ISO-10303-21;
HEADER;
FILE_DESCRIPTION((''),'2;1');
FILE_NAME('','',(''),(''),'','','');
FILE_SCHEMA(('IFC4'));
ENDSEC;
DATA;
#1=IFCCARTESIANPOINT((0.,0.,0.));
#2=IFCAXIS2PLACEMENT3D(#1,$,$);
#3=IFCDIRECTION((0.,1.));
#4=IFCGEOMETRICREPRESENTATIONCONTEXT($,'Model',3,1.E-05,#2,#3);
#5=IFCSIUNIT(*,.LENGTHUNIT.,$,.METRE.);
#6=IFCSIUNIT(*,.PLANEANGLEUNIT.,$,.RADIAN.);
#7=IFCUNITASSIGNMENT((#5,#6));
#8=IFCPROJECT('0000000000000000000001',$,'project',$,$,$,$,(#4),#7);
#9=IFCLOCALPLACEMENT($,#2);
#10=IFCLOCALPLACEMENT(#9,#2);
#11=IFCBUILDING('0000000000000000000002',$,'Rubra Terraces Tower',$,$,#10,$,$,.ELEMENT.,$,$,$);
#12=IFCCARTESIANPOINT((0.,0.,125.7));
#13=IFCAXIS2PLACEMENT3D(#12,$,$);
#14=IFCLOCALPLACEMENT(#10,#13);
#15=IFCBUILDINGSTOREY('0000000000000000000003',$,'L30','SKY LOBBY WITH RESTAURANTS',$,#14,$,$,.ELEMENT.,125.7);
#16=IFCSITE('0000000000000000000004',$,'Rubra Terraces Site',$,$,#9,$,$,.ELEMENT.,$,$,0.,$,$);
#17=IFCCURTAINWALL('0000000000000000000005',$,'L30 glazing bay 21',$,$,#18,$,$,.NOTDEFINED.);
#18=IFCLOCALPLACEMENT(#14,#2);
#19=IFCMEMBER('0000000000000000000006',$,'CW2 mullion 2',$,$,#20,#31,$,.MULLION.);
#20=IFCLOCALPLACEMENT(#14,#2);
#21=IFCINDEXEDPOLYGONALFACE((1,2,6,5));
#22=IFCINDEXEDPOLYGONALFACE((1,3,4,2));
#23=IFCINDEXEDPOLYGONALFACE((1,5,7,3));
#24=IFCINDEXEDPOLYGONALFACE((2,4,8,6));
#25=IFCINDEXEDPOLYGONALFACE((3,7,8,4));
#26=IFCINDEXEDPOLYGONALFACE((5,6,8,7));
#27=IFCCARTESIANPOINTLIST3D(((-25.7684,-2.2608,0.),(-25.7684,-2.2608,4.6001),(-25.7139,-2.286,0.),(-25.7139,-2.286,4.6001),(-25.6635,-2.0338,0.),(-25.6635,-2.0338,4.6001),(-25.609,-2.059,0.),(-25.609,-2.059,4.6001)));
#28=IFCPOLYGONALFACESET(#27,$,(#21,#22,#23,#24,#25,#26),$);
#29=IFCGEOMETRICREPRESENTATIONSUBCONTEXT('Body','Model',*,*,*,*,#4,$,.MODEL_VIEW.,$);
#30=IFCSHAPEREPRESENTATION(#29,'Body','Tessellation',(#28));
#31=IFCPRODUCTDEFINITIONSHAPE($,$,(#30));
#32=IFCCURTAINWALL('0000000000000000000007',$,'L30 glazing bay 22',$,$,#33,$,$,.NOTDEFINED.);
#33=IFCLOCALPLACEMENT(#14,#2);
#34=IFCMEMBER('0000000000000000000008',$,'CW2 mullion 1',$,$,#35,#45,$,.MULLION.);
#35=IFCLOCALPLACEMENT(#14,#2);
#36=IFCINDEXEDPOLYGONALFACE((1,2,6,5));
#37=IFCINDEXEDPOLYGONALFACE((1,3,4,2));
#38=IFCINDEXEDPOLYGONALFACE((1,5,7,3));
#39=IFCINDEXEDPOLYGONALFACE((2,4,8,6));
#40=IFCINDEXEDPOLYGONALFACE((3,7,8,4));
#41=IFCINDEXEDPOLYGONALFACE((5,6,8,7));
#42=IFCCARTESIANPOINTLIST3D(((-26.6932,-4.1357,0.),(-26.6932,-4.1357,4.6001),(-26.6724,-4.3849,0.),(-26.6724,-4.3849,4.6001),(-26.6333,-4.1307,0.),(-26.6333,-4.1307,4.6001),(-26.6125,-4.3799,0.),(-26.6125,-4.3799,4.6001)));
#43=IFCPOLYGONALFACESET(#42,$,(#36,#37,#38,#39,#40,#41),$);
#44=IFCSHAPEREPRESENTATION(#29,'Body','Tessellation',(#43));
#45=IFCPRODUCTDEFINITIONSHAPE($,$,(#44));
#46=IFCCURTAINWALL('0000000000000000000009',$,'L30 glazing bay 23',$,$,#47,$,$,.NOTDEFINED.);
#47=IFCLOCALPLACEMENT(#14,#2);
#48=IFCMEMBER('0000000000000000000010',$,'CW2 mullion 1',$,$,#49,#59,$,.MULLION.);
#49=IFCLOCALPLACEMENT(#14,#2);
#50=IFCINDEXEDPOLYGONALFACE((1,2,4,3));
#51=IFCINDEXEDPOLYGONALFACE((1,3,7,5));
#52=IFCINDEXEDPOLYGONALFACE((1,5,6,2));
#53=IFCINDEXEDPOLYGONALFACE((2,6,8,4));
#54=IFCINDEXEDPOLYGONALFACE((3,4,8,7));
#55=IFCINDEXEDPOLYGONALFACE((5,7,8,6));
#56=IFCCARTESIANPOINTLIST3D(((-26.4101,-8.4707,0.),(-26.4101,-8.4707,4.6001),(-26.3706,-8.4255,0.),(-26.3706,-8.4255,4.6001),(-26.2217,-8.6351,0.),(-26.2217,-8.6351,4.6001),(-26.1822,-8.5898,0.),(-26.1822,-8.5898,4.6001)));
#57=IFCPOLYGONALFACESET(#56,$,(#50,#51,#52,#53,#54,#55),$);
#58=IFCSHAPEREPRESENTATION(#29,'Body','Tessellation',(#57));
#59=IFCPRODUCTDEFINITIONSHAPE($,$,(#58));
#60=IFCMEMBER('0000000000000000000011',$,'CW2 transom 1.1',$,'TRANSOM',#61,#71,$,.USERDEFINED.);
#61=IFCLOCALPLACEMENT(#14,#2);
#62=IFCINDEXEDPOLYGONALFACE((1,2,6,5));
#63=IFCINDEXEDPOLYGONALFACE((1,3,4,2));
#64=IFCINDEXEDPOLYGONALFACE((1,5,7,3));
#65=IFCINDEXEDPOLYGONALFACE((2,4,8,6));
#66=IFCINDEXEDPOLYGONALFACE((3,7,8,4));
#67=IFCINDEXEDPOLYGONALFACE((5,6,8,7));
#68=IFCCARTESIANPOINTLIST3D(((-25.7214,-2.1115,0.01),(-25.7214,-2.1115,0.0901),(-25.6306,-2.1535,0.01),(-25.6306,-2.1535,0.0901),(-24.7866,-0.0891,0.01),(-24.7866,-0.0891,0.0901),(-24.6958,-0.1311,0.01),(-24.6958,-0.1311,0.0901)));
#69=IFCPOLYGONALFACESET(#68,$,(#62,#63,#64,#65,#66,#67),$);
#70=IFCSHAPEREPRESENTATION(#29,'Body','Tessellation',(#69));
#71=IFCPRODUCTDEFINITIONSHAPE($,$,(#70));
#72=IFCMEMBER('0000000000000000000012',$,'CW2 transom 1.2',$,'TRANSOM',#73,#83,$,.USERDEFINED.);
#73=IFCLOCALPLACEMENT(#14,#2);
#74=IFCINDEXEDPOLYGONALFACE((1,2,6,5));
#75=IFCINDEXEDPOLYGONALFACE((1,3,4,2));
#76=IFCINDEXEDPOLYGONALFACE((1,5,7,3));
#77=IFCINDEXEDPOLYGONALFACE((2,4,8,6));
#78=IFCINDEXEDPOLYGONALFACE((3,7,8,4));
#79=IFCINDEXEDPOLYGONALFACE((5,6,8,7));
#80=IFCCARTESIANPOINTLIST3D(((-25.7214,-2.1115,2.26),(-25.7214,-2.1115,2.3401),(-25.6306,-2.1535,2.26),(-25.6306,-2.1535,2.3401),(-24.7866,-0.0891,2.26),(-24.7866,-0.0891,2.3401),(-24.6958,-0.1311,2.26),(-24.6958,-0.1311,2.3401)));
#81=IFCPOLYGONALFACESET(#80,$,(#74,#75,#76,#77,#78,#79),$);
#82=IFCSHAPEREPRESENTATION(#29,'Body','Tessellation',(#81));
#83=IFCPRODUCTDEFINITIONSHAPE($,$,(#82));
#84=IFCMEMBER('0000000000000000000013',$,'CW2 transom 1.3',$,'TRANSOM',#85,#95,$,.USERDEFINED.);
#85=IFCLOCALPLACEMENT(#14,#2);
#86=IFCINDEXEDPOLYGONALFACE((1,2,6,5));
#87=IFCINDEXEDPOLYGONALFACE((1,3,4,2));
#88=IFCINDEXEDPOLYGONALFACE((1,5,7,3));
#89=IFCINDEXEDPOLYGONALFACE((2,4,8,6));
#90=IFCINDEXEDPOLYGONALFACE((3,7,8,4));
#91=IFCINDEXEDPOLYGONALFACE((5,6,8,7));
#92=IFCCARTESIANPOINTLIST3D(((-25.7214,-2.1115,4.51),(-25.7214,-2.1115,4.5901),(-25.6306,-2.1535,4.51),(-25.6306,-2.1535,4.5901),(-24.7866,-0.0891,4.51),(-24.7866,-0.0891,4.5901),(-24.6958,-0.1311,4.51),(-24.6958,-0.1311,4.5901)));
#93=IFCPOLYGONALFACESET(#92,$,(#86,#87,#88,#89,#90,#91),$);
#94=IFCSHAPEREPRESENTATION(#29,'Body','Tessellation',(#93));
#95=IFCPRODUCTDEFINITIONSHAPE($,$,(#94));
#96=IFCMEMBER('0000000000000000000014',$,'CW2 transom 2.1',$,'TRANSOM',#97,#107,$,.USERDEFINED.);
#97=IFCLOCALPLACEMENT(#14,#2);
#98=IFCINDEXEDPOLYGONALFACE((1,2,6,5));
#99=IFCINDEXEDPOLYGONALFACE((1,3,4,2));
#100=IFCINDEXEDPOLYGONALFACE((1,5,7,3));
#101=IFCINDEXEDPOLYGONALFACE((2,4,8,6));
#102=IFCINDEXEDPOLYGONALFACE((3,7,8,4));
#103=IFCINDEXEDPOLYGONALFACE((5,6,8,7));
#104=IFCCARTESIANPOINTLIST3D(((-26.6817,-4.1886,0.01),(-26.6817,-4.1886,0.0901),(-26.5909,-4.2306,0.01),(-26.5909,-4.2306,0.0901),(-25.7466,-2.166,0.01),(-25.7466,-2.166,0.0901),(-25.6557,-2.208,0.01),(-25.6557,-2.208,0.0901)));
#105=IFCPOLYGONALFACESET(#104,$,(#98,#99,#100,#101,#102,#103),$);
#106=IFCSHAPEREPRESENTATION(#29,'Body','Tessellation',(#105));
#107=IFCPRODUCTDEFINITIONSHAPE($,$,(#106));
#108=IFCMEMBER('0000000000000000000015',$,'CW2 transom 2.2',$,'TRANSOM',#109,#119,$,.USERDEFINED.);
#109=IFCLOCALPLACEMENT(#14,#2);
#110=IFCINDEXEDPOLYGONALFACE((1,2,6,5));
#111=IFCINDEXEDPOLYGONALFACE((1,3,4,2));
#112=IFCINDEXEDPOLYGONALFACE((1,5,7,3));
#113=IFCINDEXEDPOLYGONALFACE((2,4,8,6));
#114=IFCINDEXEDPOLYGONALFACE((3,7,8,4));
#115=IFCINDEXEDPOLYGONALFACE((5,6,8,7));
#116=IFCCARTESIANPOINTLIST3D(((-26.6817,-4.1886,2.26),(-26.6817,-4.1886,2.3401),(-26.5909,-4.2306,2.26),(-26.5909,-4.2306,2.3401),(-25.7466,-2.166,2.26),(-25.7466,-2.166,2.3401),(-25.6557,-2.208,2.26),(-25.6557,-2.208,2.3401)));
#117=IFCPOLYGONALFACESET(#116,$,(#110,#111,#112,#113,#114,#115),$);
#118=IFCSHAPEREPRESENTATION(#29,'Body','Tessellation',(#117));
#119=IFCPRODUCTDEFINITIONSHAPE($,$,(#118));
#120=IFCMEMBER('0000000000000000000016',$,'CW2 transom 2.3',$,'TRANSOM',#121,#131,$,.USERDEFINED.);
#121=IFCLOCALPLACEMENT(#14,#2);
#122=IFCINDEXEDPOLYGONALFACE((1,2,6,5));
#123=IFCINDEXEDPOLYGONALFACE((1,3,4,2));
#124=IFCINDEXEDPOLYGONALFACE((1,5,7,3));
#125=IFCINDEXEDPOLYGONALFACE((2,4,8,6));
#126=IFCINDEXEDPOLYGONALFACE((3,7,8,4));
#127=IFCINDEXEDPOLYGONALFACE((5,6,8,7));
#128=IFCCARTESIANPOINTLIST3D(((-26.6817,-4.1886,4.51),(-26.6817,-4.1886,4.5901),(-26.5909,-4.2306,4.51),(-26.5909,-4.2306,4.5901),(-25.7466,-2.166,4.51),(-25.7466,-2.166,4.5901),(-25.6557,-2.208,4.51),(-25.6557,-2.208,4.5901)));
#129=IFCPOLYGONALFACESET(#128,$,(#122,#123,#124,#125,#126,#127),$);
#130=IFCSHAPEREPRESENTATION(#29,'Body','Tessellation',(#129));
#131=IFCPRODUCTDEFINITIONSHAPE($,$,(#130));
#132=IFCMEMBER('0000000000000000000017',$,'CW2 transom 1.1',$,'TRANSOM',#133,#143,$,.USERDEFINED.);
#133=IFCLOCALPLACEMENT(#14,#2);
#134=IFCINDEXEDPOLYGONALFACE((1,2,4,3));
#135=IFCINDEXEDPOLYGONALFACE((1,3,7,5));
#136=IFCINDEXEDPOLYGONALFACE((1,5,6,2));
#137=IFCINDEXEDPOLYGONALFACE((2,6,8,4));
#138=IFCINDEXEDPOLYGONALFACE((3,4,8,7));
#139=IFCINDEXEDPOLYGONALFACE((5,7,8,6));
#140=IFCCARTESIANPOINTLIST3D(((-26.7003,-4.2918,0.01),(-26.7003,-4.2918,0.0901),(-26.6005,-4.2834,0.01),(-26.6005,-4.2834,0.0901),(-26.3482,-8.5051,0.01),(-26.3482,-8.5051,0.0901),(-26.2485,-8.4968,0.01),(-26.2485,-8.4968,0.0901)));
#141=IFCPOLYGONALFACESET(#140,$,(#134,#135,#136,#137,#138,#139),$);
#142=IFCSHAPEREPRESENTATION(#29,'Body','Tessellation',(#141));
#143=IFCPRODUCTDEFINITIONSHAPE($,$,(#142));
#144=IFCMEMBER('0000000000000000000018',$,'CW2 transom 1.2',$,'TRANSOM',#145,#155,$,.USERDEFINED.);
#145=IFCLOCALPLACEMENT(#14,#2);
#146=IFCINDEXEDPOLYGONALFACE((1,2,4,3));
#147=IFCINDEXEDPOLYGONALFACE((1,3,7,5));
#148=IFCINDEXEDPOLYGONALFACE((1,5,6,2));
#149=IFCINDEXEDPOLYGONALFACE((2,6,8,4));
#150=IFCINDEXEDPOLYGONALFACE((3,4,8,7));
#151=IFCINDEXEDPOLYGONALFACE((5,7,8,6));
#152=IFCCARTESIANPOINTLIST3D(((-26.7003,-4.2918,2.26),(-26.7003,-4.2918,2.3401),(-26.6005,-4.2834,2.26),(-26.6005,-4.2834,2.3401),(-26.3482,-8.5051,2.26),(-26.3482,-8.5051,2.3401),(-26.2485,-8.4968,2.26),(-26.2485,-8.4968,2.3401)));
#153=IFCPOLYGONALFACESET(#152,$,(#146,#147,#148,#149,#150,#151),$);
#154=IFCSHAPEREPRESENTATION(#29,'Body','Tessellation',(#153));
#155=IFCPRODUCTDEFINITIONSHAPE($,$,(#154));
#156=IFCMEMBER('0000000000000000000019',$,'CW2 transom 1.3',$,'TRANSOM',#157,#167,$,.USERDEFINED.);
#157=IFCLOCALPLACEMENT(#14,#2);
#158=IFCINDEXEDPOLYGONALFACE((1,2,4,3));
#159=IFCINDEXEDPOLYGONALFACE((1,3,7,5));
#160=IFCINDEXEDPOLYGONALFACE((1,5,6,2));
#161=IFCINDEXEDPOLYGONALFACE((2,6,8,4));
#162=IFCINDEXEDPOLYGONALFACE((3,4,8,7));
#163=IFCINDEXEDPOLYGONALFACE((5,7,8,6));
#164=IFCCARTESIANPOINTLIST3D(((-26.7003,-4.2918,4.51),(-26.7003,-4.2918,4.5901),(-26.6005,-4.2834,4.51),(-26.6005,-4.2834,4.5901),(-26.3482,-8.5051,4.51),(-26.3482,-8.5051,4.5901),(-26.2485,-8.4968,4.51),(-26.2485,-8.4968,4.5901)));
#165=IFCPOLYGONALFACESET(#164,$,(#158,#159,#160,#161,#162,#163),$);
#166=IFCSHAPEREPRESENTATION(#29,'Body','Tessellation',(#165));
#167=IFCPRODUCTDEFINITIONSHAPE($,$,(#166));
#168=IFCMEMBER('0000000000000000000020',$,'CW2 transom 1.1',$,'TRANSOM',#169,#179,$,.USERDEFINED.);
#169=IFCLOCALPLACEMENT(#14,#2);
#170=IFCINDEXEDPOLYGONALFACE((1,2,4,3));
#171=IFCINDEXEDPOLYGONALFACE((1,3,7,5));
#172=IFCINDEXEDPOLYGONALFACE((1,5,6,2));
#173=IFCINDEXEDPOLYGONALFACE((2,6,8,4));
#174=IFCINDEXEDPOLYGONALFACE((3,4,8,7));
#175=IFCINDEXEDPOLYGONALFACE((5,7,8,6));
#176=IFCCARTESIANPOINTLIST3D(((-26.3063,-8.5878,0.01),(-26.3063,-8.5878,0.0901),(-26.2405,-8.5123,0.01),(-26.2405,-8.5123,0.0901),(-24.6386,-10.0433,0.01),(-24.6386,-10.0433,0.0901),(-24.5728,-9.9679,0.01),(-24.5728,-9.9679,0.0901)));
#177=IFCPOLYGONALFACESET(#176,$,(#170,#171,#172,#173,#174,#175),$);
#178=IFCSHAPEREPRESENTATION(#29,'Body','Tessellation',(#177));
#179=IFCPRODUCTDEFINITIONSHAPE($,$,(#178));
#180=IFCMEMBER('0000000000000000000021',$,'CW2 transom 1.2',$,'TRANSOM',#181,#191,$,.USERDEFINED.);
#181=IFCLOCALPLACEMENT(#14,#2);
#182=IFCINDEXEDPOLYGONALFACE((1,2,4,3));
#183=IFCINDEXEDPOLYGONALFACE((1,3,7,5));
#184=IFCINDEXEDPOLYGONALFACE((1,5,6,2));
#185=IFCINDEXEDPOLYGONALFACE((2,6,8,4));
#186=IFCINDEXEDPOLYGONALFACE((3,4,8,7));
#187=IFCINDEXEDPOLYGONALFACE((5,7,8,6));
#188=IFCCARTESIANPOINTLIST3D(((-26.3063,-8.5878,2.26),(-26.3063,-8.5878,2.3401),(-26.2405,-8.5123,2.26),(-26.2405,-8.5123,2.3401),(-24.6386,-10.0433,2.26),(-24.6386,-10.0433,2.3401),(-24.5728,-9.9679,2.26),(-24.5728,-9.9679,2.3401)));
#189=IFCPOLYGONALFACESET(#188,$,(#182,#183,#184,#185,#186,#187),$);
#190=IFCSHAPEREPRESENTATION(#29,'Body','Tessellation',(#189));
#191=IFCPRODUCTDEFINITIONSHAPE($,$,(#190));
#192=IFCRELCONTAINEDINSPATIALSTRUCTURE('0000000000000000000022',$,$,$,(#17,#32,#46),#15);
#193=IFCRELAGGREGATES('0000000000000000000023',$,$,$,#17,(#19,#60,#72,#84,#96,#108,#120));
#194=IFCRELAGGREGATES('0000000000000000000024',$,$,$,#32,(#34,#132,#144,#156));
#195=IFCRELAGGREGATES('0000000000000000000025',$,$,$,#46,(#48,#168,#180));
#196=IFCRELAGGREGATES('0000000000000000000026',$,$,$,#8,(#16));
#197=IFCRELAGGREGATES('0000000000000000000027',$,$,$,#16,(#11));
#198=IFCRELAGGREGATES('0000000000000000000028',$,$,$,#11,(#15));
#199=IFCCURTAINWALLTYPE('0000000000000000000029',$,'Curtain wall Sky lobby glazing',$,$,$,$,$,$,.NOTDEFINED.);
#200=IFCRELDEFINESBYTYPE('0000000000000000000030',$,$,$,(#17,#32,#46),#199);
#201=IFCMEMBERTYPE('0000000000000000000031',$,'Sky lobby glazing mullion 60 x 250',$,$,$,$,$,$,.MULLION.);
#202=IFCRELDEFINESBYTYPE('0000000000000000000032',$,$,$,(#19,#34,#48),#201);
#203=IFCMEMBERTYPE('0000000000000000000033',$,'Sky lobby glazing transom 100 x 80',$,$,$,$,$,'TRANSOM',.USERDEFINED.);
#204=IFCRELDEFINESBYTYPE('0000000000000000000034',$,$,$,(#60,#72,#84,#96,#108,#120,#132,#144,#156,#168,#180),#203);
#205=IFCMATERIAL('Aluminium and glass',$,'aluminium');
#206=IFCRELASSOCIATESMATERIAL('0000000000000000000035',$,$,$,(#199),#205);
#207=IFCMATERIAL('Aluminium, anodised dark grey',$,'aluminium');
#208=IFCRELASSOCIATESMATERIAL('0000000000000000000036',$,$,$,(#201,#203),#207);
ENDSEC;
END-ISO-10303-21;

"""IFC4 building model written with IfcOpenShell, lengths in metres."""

from ifc_helpers import new_model, si_unit, direction, frame, origin, origin_2d, place, context, subcontext, project, spatial, rectangle, extrude, material, material_profile, profile_set, type_object, element, aggregate, save


model = new_model("IFC4")

# Units and contexts
model_context = context("Model", 3, precision=1e-05, world=origin(), true_north=direction((0.0, 1.0)))
body_context = subcontext(model_context, "Body", "Model", "MODEL_VIEW")
ifc_project = project(units=[si_unit("LENGTHUNIT", "METRE"), si_unit("PLANEANGLEUNIT", "RADIAN")], contexts=[model_context])

# Site, building, storey
site_placement = place(None, origin())
site = spatial("IfcSite", under=ifc_project, at=site_placement, Name="Rubra Terraces Site", CompositionType="ELEMENT", RefElevation=0.0)
building_placement = place(site_placement, origin())
building = spatial("IfcBuilding", under=site, at=building_placement, Name="Rubra Terraces Tower", CompositionType="ELEMENT")
storey_placement = place(building_placement, frame((0.0, 0.0, 125.7)))
storey = spatial("IfcBuildingStorey", under=building, at=storey_placement, Name="L30", Description="SKY LOBBY WITH RESTAURANTS", CompositionType="ELEMENT", Elevation=125.7)

# Curtain wall, member
ifc_material_1 = material(Name="Aluminium and glass", Category="aluminium")
curtain_wall_type = type_object("IfcCurtainWallType", Name="Curtain wall Sky lobby glazing", PredefinedType="NOTDEFINED", material=ifc_material_1)
curtain_wall_1_placement = place(storey_placement, origin())
curtain_wall_1 = element("IfcCurtainWall", 1, at=curtain_wall_1_placement, inside=storey, type_object=curtain_wall_type, Name="L30 glazing bay 21", PredefinedType="NOTDEFINED")
ifc_material_2 = material(Name="Aluminium, anodised dark grey", Category="aluminium")
ifc_material_profile_1 = material_profile(ifc_material_2, rectangle(XDim=0.0601, YDim=0.25, at=origin_2d()), Name="AL 60x250")
ifc_profile_set_1 = profile_set([ifc_material_profile_1], Name="Aluminium, anodised dark grey")
member_type_1 = type_object("IfcMemberType", Name="Sky lobby glazing mullion 60 x 250", PredefinedType="MULLION", material=ifc_profile_set_1)
member_1_placement = place(storey_placement, frame((-25.6887, -2.1599, 0.0), z_axis=(0.0, 0.0, 1.0), x_axis=(0.907716, -0.419585, 0.0)))
member_1 = element("IfcMember", 2, at=member_1_placement, type_object=member_type_1, Name="CW2 mullion 2", PredefinedType="MULLION", context=body_context, shape_type="SweptSolid", body=[
    extrude(rectangle(XDim=0.0601, YDim=0.25, at=origin_2d()), origin(), (0.0, 0.0, 1.0), 4.6001),
])

# Curtain walls, members
curtain_wall_2_placement = place(storey_placement, origin())
curtain_wall_2 = element("IfcCurtainWall", 3, at=curtain_wall_2_placement, inside=storey, type_object=curtain_wall_type, Name="L30 glazing bay 22", PredefinedType="NOTDEFINED")
member_2_placement = place(storey_placement, frame((-26.6528, -4.2578, 0.0), z_axis=(0.0, 0.0, 1.0), x_axis=(0.996528, 0.083255, 0.0)))
member_2 = element("IfcMember", 4, at=member_2_placement, type_object=member_type_1, Name="CW2 mullion 1", PredefinedType="MULLION", context=body_context, shape_type="SweptSolid", body=[
    extrude(rectangle(XDim=0.0601, YDim=0.25, at=origin_2d()), origin(), (0.0, 0.0, 1.0), 4.6001),
])
curtain_wall_3_placement = place(storey_placement, origin())
curtain_wall_3 = element("IfcCurtainWall", 5, at=curtain_wall_3_placement, inside=storey, type_object=curtain_wall_type, Name="L30 glazing bay 23", PredefinedType="NOTDEFINED")
member_3_placement = place(storey_placement, frame((-26.2961, -8.5303, 0.0), z_axis=(0.0, 0.0, 1.0), x_axis=(0.657567, 0.753396, 0.0)))
member_3 = element("IfcMember", 6, at=member_3_placement, type_object=member_type_1, Name="CW2 mullion 1", PredefinedType="MULLION", context=body_context, shape_type="SweptSolid", body=[
    extrude(rectangle(XDim=0.0601, YDim=0.25, at=origin_2d()), origin(), (0.0, 0.0, 1.0), 4.6001),
])

# Members
ifc_material_profile_2 = material_profile(ifc_material_2, rectangle(XDim=0.1001, YDim=0.0801, at=origin_2d()), Name="AL 100x80")
ifc_profile_set_2 = profile_set([ifc_material_profile_2], Name="Aluminium, anodised dark grey")
member_type_2 = type_object("IfcMemberType", Name="Sky lobby glazing transom 100 x 80", ElementType="TRANSOM", PredefinedType="USERDEFINED", material=ifc_profile_set_2)
member_4_placement = place(storey_placement, frame((-24.7412, -0.1101, 0.05), z_axis=(-0.419565, -0.907725, 0.0), x_axis=(0.907725, -0.419565, 0.0)))
member_4 = element("IfcMember", 7, at=member_4_placement, type_object=member_type_2, Name="CW2 transom 1.1", ObjectType="TRANSOM", PredefinedType="USERDEFINED", context=body_context, shape_type="SweptSolid", body=[
    extrude(rectangle(XDim=0.1001, YDim=0.0801, at=origin_2d()), origin(), (0.0, 0.0, 1.0), 2.228),
])
member_5_placement = place(storey_placement, frame((-24.7412, -0.1101, 2.3), z_axis=(-0.419565, -0.907725, 0.0), x_axis=(0.907725, -0.419565, 0.0)))
member_5 = element("IfcMember", 8, at=member_5_placement, type_object=member_type_2, Name="CW2 transom 1.2", ObjectType="TRANSOM", PredefinedType="USERDEFINED", context=body_context, shape_type="SweptSolid", body=[
    extrude(rectangle(XDim=0.1001, YDim=0.0801, at=origin_2d()), origin(), (0.0, 0.0, 1.0), 2.228),
])
member_6_placement = place(storey_placement, frame((-24.7412, -0.1101, 4.55), z_axis=(-0.419565, -0.907725, 0.0), x_axis=(0.907725, -0.419565, 0.0)))
member_6 = element("IfcMember", 9, at=member_6_placement, type_object=member_type_2, Name="CW2 transom 1.3", ObjectType="TRANSOM", PredefinedType="USERDEFINED", context=body_context, shape_type="SweptSolid", body=[
    extrude(rectangle(XDim=0.1001, YDim=0.0801, at=origin_2d()), origin(), (0.0, 0.0, 1.0), 2.228),
])
member_7_placement = place(storey_placement, frame((-25.7012, -2.187, 0.05), z_axis=(-0.419656, -0.907683, 0.0), x_axis=(0.907683, -0.419656, 0.0)))
member_7 = element("IfcMember", 10, at=member_7_placement, type_object=member_type_2, Name="CW2 transom 2.1", ObjectType="TRANSOM", PredefinedType="USERDEFINED", context=body_context, shape_type="SweptSolid", body=[
    extrude(rectangle(XDim=0.1001, YDim=0.0801, at=origin_2d()), origin(), (0.0, 0.0, 1.0), 2.2283),
])
member_8_placement = place(storey_placement, frame((-25.7012, -2.187, 2.3), z_axis=(-0.419656, -0.907683, 0.0), x_axis=(0.907683, -0.419656, 0.0)))
member_8 = element("IfcMember", 11, at=member_8_placement, type_object=member_type_2, Name="CW2 transom 2.2", ObjectType="TRANSOM", PredefinedType="USERDEFINED", context=body_context, shape_type="SweptSolid", body=[
    extrude(rectangle(XDim=0.1001, YDim=0.0801, at=origin_2d()), origin(), (0.0, 0.0, 1.0), 2.2283),
])
member_9_placement = place(storey_placement, frame((-25.7012, -2.187, 4.55), z_axis=(-0.419656, -0.907683, 0.0), x_axis=(0.907683, -0.419656, 0.0)))
member_9 = element("IfcMember", 12, at=member_9_placement, type_object=member_type_2, Name="CW2 transom 2.3", ObjectType="TRANSOM", PredefinedType="USERDEFINED", context=body_context, shape_type="SweptSolid", body=[
    extrude(rectangle(XDim=0.1001, YDim=0.0801, at=origin_2d()), origin(), (0.0, 0.0, 1.0), 2.2283),
])
member_10_placement = place(storey_placement, frame((-26.6504, -4.2876, 0.05), z_axis=(0.083265, -0.996527, 0.0), x_axis=(0.996527, 0.083265, 0.0)))
member_10 = element("IfcMember", 13, at=member_10_placement, type_object=member_type_2, Name="CW2 transom 1.1", ObjectType="TRANSOM", PredefinedType="USERDEFINED", context=body_context, shape_type="SweptSolid", body=[
    extrude(rectangle(XDim=0.1001, YDim=0.0801, at=origin_2d()), origin(), (0.0, 0.0, 1.0), 4.228),
])
member_11_placement = place(storey_placement, frame((-26.6504, -4.2876, 2.3), z_axis=(0.083265, -0.996527, 0.0), x_axis=(0.996527, 0.083265, 0.0)))
member_11 = element("IfcMember", 14, at=member_11_placement, type_object=member_type_2, Name="CW2 transom 1.2", ObjectType="TRANSOM", PredefinedType="USERDEFINED", context=body_context, shape_type="SweptSolid", body=[
    extrude(rectangle(XDim=0.1001, YDim=0.0801, at=origin_2d()), origin(), (0.0, 0.0, 1.0), 4.228),
])
member_12_placement = place(storey_placement, frame((-26.6504, -4.2876, 4.55), z_axis=(0.083265, -0.996527, 0.0), x_axis=(0.996527, 0.083265, 0.0)))
member_12 = element("IfcMember", 15, at=member_12_placement, type_object=member_type_2, Name="CW2 transom 1.3", ObjectType="TRANSOM", PredefinedType="USERDEFINED", context=body_context, shape_type="SweptSolid", body=[
    extrude(rectangle(XDim=0.1001, YDim=0.0801, at=origin_2d()), origin(), (0.0, 0.0, 1.0), 4.228),
])
member_13_placement = place(storey_placement, frame((-26.2734, -8.55, 0.05), z_axis=(0.753403, -0.657559, 0.0), x_axis=(0.657559, 0.753403, 0.0)))
member_13 = element("IfcMember", 16, at=member_13_placement, type_object=member_type_2, Name="CW2 transom 1.1", ObjectType="TRANSOM", PredefinedType="USERDEFINED", context=body_context, shape_type="SweptSolid", body=[
    extrude(rectangle(XDim=0.1001, YDim=0.0801, at=origin_2d()), origin(), (0.0, 0.0, 1.0), 2.2136),
])
member_14_placement = place(storey_placement, frame((-26.2734, -8.55, 2.3), z_axis=(0.753403, -0.657559, 0.0), x_axis=(0.657559, 0.753403, 0.0)))
member_14 = element("IfcMember", 17, at=member_14_placement, type_object=member_type_2, Name="CW2 transom 1.2", ObjectType="TRANSOM", PredefinedType="USERDEFINED", context=body_context, shape_type="SweptSolid", body=[
    extrude(rectangle(XDim=0.1001, YDim=0.0801, at=origin_2d()), origin(), (0.0, 0.0, 1.0), 2.2136),
])

aggregate(curtain_wall_1, [member_1, member_4, member_5, member_6, member_7, member_8, member_9])
aggregate(curtain_wall_2, [member_2, member_10, member_11, member_12])
aggregate(curtain_wall_3, [member_3, member_13, member_14])

save(model, "model.ifc")
